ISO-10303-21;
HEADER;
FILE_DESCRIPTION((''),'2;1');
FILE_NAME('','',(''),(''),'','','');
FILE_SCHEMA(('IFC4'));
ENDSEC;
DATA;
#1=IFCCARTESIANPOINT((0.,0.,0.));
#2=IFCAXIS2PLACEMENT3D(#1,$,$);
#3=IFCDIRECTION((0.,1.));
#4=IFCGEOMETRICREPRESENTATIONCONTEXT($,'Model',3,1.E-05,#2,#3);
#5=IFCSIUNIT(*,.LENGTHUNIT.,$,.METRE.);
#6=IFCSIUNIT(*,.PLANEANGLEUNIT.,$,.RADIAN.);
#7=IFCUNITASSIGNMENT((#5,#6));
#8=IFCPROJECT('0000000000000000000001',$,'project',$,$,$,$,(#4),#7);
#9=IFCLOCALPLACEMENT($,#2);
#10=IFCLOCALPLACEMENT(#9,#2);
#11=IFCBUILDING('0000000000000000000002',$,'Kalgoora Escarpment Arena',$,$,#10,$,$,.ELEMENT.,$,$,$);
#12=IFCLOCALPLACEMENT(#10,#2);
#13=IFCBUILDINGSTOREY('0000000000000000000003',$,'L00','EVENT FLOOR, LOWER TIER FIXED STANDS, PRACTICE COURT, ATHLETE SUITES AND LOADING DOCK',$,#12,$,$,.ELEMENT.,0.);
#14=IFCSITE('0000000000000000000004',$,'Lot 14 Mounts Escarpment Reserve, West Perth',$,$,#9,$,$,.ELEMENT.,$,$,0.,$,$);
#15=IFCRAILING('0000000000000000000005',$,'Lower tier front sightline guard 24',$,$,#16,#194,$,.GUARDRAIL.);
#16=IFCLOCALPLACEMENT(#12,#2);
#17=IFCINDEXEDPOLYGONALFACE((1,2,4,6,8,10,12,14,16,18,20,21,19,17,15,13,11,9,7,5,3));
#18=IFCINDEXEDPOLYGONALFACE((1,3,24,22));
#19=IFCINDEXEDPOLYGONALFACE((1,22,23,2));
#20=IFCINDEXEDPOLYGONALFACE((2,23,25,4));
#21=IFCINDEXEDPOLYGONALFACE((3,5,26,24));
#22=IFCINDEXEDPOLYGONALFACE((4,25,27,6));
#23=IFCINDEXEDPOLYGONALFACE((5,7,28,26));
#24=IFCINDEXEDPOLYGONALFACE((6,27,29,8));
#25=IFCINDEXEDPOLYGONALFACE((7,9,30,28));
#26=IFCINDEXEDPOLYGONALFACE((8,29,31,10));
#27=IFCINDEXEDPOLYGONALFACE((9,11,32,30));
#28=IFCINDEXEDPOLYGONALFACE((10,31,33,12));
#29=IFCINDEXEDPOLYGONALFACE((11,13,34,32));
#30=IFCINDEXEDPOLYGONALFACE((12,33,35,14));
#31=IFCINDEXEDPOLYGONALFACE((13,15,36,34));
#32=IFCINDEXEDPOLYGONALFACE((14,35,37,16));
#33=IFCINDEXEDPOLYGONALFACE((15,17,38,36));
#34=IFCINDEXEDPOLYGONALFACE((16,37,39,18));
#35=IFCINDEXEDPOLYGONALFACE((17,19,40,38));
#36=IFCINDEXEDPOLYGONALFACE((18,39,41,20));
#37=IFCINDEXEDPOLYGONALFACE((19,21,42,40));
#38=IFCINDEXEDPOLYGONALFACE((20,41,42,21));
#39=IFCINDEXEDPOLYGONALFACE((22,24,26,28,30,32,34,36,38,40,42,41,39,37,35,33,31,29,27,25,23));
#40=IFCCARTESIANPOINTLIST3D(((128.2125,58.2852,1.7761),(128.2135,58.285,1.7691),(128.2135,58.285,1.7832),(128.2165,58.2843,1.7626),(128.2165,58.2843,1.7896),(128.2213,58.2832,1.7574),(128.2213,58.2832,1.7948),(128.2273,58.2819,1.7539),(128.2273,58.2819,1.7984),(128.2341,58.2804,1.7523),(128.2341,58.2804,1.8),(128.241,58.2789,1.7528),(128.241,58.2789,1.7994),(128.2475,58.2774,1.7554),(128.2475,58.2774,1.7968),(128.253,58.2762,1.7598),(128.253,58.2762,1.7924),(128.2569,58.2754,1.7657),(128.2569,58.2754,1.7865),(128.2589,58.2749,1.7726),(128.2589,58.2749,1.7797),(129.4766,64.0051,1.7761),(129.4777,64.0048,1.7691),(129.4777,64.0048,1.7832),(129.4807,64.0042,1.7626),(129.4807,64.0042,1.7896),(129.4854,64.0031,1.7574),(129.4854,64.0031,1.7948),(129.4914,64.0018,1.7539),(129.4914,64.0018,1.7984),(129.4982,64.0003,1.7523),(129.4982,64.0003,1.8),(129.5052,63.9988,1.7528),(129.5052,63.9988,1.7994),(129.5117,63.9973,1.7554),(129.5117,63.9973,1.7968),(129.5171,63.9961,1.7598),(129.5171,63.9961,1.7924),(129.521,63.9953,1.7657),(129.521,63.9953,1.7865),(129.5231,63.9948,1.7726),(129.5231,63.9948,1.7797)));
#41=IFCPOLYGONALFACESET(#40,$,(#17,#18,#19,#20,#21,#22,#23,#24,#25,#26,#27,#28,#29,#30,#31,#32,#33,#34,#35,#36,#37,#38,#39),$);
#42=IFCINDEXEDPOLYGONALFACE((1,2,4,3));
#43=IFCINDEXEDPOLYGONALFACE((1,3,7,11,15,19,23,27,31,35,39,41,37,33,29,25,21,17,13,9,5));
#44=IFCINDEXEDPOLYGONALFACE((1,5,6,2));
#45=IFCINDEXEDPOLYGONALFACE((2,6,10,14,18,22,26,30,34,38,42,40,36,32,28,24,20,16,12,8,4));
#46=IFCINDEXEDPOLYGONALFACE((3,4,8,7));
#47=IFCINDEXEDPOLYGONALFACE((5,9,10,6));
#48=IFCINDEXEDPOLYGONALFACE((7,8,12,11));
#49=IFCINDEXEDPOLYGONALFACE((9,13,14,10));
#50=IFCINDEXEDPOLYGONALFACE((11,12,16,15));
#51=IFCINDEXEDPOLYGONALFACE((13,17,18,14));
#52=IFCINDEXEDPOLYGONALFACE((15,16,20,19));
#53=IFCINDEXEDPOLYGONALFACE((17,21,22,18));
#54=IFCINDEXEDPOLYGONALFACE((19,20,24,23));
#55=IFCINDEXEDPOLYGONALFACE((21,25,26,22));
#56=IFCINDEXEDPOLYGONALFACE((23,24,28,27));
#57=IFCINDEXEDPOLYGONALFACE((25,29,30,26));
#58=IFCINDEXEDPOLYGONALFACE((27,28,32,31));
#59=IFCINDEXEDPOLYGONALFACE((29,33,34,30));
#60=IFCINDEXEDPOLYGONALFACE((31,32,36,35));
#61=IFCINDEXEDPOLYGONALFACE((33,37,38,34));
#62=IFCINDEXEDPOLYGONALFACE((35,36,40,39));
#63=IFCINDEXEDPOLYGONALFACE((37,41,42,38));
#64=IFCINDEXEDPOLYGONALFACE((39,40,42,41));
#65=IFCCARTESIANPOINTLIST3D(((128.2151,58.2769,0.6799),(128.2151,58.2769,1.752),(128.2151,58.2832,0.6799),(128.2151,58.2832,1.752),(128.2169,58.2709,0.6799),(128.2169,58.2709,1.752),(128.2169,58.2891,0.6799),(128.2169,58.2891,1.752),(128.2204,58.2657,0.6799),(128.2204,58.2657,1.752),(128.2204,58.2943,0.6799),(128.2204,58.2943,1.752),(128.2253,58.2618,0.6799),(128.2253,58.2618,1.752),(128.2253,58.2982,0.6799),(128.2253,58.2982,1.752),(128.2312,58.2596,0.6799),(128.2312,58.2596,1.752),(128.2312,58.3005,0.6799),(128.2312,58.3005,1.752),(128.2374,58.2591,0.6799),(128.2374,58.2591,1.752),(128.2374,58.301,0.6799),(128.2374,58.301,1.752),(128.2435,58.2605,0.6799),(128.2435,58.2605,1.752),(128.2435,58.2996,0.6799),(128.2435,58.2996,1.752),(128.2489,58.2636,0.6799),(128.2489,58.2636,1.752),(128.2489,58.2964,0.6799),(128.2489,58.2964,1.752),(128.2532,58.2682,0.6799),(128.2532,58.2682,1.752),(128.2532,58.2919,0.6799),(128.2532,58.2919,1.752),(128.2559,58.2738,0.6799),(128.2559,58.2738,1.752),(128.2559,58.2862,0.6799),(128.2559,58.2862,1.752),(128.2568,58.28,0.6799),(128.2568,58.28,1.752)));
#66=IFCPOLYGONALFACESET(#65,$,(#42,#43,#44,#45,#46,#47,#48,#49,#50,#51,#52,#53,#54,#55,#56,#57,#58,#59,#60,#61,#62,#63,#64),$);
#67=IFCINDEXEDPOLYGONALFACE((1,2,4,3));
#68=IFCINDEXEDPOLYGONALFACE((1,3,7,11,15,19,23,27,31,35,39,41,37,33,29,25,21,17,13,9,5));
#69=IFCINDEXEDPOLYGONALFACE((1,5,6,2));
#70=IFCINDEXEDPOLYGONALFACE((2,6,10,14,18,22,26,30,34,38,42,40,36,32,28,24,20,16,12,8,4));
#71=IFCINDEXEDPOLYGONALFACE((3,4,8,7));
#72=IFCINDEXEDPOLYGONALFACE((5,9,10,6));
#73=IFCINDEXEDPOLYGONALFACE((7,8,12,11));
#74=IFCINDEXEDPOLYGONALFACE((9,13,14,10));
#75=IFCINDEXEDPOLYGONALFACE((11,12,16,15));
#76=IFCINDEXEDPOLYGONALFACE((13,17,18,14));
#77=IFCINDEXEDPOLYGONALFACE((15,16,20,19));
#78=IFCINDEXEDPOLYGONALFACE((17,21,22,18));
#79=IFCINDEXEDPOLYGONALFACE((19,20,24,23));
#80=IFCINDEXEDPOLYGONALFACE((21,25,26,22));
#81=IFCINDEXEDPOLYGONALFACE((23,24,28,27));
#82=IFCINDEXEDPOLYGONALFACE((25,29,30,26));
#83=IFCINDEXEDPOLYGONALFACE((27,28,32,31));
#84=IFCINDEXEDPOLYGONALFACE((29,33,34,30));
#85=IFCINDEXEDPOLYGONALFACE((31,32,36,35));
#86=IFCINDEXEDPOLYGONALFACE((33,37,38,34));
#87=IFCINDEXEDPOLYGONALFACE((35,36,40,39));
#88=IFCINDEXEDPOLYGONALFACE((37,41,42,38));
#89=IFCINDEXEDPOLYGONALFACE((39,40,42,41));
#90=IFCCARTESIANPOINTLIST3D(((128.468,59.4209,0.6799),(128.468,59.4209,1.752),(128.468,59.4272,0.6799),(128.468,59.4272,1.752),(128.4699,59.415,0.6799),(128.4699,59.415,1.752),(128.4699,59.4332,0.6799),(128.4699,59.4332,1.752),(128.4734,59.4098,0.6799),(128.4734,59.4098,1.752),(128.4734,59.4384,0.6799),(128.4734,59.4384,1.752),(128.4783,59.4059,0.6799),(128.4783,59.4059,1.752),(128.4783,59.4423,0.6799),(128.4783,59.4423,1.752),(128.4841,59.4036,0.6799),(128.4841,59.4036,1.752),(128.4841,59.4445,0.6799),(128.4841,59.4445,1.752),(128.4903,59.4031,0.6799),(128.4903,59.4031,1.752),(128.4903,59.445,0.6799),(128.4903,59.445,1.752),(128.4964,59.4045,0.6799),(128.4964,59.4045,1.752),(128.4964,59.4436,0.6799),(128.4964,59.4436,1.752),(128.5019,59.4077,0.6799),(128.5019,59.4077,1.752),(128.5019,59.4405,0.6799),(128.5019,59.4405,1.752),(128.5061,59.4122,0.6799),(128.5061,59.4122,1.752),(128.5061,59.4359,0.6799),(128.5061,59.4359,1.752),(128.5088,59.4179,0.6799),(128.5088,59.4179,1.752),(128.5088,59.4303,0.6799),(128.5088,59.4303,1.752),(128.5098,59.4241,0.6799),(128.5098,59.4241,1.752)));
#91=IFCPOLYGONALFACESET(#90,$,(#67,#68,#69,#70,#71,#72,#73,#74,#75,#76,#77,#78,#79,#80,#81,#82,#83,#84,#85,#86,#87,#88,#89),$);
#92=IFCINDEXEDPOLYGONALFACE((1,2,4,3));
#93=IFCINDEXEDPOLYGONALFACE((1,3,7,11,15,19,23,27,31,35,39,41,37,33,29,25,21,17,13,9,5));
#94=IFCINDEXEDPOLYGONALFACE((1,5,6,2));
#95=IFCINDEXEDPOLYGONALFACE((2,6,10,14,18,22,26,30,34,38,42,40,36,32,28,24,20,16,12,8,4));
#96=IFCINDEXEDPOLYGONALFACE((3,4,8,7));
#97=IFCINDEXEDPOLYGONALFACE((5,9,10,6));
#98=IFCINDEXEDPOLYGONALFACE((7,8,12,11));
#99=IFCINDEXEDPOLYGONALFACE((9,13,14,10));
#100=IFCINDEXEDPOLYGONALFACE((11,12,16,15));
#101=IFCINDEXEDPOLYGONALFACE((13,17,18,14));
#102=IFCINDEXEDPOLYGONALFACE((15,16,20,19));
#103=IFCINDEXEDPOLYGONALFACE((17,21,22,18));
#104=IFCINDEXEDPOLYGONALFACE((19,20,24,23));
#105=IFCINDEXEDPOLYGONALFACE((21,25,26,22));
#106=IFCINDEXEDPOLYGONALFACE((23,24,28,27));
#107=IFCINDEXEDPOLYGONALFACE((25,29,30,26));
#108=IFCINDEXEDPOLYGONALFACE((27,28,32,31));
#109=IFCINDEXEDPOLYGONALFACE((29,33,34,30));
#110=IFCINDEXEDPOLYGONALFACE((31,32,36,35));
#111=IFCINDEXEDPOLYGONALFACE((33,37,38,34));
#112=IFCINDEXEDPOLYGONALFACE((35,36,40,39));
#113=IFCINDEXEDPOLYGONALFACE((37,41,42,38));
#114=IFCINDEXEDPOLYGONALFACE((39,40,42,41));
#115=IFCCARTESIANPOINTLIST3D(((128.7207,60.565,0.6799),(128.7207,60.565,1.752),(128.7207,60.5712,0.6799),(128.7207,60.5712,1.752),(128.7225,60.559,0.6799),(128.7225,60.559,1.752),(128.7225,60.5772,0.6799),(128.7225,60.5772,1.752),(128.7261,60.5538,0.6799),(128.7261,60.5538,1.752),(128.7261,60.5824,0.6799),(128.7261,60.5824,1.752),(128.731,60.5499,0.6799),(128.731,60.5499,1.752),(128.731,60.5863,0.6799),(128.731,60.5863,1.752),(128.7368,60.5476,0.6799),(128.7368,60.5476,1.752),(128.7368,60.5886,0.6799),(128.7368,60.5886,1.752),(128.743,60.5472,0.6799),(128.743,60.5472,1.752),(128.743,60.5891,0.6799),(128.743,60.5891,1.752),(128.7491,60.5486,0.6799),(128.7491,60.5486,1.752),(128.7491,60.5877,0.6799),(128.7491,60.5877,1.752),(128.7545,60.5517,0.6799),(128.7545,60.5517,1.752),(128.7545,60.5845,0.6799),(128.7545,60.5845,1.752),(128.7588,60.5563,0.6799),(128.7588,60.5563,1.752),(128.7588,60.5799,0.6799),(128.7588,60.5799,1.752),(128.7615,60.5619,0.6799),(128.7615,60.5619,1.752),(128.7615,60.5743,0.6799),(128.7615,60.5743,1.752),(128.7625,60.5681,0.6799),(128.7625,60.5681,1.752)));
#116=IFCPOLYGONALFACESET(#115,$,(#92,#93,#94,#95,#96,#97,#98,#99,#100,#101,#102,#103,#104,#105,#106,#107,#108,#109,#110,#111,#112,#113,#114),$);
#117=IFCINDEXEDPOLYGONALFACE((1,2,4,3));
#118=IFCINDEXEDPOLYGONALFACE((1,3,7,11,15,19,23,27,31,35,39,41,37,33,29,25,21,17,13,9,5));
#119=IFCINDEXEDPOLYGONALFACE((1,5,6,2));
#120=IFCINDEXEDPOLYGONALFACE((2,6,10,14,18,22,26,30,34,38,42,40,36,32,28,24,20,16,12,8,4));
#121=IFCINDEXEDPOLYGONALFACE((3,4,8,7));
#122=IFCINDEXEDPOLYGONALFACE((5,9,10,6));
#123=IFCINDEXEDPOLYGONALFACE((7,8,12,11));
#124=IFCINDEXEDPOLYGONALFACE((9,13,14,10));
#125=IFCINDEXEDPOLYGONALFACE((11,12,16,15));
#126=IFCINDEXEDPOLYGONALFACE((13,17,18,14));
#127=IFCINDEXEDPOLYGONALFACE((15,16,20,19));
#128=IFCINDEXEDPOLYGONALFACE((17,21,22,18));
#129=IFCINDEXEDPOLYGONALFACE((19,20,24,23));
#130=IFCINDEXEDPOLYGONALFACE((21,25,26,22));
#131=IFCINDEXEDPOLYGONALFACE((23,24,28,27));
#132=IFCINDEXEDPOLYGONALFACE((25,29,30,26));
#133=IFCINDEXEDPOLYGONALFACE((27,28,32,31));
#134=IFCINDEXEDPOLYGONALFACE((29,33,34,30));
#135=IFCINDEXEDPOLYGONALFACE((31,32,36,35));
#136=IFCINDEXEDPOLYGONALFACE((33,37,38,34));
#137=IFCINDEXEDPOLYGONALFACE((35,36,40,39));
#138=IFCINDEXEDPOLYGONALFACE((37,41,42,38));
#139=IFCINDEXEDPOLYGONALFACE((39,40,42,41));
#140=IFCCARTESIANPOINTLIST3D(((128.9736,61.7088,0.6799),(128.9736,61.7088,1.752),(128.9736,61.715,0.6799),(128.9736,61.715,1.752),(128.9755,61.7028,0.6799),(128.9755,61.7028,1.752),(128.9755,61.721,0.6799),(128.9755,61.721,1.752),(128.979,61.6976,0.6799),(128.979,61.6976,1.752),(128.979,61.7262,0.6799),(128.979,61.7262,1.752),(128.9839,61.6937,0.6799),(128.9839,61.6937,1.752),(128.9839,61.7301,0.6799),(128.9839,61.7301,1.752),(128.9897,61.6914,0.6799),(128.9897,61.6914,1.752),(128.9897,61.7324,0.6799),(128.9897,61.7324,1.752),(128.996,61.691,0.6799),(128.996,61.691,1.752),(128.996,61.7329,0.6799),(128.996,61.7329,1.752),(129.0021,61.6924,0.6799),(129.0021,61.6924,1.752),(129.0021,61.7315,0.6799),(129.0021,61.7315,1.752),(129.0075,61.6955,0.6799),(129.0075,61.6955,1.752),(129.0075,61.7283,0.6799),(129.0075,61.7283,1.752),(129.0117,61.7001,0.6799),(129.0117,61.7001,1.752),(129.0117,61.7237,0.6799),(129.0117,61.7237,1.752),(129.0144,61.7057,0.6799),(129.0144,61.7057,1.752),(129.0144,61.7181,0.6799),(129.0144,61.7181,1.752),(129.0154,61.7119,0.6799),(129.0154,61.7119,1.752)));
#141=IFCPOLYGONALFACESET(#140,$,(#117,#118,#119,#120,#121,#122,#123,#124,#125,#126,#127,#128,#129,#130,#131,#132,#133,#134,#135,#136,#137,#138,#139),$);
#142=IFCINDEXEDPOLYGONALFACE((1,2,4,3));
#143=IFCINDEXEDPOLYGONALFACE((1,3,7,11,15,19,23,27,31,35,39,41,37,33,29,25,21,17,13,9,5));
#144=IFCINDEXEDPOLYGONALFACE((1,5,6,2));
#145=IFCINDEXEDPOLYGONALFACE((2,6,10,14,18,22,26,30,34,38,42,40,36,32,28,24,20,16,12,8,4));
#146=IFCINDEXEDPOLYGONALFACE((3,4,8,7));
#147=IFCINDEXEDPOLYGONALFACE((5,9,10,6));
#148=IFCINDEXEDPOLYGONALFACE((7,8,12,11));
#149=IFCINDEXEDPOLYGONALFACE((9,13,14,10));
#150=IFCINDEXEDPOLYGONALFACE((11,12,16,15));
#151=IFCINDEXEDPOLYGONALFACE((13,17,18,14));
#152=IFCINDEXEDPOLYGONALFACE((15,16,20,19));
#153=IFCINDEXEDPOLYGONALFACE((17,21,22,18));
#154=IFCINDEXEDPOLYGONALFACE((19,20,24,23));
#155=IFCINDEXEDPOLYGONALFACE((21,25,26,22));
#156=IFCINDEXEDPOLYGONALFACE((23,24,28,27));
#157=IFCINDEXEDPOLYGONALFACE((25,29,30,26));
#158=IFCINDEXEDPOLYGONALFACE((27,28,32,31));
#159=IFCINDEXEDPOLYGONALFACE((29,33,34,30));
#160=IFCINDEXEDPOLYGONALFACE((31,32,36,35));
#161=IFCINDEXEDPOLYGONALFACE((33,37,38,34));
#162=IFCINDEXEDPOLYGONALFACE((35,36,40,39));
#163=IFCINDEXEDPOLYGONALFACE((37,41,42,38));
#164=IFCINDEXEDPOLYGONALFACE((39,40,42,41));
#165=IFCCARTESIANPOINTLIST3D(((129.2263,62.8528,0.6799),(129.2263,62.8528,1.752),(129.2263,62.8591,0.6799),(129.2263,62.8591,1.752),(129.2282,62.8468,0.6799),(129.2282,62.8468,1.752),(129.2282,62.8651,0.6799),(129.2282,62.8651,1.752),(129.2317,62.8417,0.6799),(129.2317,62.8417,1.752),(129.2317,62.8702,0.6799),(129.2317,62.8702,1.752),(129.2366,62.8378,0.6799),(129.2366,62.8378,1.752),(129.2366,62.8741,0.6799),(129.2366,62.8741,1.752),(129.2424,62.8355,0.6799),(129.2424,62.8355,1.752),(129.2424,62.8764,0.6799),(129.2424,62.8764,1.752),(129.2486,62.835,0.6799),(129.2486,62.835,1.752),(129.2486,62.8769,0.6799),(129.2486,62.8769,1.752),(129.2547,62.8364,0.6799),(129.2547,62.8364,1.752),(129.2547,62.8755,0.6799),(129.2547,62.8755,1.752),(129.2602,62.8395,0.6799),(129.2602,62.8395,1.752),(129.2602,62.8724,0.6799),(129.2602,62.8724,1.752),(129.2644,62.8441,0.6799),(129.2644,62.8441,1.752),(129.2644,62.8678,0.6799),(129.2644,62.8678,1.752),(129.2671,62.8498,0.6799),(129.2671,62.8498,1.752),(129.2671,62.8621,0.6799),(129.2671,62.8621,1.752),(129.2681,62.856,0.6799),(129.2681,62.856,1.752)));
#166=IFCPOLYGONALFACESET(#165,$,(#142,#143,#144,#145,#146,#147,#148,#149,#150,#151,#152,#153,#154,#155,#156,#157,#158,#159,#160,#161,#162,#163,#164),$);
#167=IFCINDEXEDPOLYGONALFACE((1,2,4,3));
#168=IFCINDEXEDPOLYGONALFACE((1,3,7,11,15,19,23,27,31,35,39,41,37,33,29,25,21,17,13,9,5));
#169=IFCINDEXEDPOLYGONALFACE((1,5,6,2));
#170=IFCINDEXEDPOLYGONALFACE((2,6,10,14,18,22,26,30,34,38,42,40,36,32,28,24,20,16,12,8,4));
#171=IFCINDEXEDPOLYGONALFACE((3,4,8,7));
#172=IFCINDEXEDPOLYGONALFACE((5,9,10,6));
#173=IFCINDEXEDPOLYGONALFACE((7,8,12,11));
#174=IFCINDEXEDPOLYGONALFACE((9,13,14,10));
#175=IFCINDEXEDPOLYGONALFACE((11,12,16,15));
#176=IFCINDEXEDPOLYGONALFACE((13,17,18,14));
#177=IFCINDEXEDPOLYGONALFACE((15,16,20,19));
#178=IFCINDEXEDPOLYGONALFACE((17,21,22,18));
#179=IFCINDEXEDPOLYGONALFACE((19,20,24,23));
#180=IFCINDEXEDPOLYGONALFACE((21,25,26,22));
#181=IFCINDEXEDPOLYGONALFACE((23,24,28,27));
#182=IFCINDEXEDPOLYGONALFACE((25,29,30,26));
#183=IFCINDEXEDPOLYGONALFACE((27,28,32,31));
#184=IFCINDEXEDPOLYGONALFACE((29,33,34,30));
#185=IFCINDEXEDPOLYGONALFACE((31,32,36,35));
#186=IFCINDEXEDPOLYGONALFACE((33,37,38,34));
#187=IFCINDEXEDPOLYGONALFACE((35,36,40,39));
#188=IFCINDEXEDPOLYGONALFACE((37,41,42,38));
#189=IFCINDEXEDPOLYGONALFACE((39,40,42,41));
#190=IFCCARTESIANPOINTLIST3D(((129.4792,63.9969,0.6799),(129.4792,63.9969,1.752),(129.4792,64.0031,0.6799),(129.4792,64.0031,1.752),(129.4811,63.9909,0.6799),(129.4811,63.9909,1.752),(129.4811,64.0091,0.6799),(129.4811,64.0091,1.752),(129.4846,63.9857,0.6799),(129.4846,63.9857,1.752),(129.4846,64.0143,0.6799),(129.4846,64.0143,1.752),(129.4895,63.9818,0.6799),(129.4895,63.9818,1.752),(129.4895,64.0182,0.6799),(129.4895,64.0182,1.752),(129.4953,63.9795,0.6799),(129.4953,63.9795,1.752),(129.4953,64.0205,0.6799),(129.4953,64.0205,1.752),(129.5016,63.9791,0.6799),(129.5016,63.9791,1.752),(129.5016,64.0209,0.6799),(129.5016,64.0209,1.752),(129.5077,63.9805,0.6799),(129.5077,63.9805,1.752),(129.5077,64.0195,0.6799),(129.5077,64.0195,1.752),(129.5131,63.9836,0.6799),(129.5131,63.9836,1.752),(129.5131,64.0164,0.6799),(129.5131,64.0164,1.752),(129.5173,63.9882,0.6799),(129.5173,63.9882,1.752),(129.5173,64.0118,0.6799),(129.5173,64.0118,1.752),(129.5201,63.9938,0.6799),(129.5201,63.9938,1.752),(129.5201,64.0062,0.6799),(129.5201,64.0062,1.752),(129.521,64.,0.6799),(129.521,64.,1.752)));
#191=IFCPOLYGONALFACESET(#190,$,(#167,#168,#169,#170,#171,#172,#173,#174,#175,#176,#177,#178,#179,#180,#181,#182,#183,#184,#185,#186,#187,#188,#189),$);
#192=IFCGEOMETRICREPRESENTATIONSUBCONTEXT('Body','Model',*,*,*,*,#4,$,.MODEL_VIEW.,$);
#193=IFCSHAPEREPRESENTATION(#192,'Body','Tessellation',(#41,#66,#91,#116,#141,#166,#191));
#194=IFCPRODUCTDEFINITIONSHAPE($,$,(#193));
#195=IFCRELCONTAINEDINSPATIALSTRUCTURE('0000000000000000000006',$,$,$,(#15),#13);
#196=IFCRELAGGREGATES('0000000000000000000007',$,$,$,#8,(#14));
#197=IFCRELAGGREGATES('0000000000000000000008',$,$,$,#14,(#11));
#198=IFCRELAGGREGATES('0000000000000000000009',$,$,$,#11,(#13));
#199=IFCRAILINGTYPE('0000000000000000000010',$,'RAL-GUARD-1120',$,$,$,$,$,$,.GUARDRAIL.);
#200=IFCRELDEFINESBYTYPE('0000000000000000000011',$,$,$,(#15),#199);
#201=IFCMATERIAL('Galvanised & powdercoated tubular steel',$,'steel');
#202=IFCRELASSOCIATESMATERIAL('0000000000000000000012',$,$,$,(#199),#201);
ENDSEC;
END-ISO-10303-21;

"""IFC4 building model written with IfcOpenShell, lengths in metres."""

from ifc_helpers import new_model, si_unit, direction, frame, origin, origin_2d, place, context, subcontext, project, spatial, circle, extrude, material, type_object, element, save


model = new_model("IFC4")

# Units and contexts
model_context = context("Model", 3, precision=1e-05, world=origin(), true_north=direction((0.0, 1.0)))
body_context = subcontext(model_context, "Body", "Model", "MODEL_VIEW")
ifc_project = project(units=[si_unit("LENGTHUNIT", "METRE"), si_unit("PLANEANGLEUNIT", "RADIAN")], contexts=[model_context])

# Site, building, storey
site_placement = place(None, origin())
site = spatial("IfcSite", under=ifc_project, at=site_placement, Name="Lot 14 Mounts Escarpment Reserve, West Perth", CompositionType="ELEMENT", RefElevation=0.0)
building_placement = place(site_placement, origin())
building = spatial("IfcBuilding", under=site, at=building_placement, Name="Kalgoora Escarpment Arena", CompositionType="ELEMENT")
storey_placement = place(building_placement, origin())
storey = spatial("IfcBuildingStorey", under=building, at=storey_placement, Name="L00", Description="EVENT FLOOR, LOWER TIER FIXED STANDS, PRACTICE COURT, ATHLETE SUITES AND LOADING DOCK", CompositionType="ELEMENT", Elevation=0.0)

# Railing
ifc_material_1 = material(Name="Galvanised & powdercoated tubular steel", Category="steel")
railing_type = type_object("IfcRailingType", Name="RAL-GUARD-1120", PredefinedType="GUARDRAIL", material=ifc_material_1)
railing_1_placement = place(storey_placement, frame((128.2358, 58.28, 0.6799)))
element("IfcRailing", 1, at=railing_1_placement, inside=storey, type_object=railing_type, Name="Lower tier front sightline guard 24", PredefinedType="GUARDRAIL", context=body_context, shape_type="SweptSolid", body=[
    extrude(circle(Radius=0.0239, at=origin_2d()), frame((0.0, 0.0, 1.0962), z_axis=(0.215801, 0.976437, 0.0), x_axis=(-0.976437, 0.215801, 0.0)), (0.0, 0.0, 1.0), 5.8579),
    extrude(circle(Radius=0.021, at=origin_2d()), origin(), (0.0, 0.0, 1.0), 1.072),
    extrude(circle(Radius=0.021, at=origin_2d()), frame((0.2529, 1.144, 0.0)), (0.0, 0.0, 1.0), 1.072),
    extrude(circle(Radius=0.021, at=origin_2d()), frame((0.5056, 2.2881, 0.0)), (0.0, 0.0, 1.0), 1.072),
    extrude(circle(Radius=0.021, at=origin_2d()), frame((0.7585, 3.4319, 0.0)), (0.0, 0.0, 1.0), 1.072),
    extrude(circle(Radius=0.021, at=origin_2d()), frame((1.0112, 4.5759, 0.0)), (0.0, 0.0, 1.0), 1.072),
    extrude(circle(Radius=0.021, at=origin_2d()), frame((1.2642, 5.72, 0.0)), (0.0, 0.0, 1.0), 1.072),
])

save(model, "model.ifc")
